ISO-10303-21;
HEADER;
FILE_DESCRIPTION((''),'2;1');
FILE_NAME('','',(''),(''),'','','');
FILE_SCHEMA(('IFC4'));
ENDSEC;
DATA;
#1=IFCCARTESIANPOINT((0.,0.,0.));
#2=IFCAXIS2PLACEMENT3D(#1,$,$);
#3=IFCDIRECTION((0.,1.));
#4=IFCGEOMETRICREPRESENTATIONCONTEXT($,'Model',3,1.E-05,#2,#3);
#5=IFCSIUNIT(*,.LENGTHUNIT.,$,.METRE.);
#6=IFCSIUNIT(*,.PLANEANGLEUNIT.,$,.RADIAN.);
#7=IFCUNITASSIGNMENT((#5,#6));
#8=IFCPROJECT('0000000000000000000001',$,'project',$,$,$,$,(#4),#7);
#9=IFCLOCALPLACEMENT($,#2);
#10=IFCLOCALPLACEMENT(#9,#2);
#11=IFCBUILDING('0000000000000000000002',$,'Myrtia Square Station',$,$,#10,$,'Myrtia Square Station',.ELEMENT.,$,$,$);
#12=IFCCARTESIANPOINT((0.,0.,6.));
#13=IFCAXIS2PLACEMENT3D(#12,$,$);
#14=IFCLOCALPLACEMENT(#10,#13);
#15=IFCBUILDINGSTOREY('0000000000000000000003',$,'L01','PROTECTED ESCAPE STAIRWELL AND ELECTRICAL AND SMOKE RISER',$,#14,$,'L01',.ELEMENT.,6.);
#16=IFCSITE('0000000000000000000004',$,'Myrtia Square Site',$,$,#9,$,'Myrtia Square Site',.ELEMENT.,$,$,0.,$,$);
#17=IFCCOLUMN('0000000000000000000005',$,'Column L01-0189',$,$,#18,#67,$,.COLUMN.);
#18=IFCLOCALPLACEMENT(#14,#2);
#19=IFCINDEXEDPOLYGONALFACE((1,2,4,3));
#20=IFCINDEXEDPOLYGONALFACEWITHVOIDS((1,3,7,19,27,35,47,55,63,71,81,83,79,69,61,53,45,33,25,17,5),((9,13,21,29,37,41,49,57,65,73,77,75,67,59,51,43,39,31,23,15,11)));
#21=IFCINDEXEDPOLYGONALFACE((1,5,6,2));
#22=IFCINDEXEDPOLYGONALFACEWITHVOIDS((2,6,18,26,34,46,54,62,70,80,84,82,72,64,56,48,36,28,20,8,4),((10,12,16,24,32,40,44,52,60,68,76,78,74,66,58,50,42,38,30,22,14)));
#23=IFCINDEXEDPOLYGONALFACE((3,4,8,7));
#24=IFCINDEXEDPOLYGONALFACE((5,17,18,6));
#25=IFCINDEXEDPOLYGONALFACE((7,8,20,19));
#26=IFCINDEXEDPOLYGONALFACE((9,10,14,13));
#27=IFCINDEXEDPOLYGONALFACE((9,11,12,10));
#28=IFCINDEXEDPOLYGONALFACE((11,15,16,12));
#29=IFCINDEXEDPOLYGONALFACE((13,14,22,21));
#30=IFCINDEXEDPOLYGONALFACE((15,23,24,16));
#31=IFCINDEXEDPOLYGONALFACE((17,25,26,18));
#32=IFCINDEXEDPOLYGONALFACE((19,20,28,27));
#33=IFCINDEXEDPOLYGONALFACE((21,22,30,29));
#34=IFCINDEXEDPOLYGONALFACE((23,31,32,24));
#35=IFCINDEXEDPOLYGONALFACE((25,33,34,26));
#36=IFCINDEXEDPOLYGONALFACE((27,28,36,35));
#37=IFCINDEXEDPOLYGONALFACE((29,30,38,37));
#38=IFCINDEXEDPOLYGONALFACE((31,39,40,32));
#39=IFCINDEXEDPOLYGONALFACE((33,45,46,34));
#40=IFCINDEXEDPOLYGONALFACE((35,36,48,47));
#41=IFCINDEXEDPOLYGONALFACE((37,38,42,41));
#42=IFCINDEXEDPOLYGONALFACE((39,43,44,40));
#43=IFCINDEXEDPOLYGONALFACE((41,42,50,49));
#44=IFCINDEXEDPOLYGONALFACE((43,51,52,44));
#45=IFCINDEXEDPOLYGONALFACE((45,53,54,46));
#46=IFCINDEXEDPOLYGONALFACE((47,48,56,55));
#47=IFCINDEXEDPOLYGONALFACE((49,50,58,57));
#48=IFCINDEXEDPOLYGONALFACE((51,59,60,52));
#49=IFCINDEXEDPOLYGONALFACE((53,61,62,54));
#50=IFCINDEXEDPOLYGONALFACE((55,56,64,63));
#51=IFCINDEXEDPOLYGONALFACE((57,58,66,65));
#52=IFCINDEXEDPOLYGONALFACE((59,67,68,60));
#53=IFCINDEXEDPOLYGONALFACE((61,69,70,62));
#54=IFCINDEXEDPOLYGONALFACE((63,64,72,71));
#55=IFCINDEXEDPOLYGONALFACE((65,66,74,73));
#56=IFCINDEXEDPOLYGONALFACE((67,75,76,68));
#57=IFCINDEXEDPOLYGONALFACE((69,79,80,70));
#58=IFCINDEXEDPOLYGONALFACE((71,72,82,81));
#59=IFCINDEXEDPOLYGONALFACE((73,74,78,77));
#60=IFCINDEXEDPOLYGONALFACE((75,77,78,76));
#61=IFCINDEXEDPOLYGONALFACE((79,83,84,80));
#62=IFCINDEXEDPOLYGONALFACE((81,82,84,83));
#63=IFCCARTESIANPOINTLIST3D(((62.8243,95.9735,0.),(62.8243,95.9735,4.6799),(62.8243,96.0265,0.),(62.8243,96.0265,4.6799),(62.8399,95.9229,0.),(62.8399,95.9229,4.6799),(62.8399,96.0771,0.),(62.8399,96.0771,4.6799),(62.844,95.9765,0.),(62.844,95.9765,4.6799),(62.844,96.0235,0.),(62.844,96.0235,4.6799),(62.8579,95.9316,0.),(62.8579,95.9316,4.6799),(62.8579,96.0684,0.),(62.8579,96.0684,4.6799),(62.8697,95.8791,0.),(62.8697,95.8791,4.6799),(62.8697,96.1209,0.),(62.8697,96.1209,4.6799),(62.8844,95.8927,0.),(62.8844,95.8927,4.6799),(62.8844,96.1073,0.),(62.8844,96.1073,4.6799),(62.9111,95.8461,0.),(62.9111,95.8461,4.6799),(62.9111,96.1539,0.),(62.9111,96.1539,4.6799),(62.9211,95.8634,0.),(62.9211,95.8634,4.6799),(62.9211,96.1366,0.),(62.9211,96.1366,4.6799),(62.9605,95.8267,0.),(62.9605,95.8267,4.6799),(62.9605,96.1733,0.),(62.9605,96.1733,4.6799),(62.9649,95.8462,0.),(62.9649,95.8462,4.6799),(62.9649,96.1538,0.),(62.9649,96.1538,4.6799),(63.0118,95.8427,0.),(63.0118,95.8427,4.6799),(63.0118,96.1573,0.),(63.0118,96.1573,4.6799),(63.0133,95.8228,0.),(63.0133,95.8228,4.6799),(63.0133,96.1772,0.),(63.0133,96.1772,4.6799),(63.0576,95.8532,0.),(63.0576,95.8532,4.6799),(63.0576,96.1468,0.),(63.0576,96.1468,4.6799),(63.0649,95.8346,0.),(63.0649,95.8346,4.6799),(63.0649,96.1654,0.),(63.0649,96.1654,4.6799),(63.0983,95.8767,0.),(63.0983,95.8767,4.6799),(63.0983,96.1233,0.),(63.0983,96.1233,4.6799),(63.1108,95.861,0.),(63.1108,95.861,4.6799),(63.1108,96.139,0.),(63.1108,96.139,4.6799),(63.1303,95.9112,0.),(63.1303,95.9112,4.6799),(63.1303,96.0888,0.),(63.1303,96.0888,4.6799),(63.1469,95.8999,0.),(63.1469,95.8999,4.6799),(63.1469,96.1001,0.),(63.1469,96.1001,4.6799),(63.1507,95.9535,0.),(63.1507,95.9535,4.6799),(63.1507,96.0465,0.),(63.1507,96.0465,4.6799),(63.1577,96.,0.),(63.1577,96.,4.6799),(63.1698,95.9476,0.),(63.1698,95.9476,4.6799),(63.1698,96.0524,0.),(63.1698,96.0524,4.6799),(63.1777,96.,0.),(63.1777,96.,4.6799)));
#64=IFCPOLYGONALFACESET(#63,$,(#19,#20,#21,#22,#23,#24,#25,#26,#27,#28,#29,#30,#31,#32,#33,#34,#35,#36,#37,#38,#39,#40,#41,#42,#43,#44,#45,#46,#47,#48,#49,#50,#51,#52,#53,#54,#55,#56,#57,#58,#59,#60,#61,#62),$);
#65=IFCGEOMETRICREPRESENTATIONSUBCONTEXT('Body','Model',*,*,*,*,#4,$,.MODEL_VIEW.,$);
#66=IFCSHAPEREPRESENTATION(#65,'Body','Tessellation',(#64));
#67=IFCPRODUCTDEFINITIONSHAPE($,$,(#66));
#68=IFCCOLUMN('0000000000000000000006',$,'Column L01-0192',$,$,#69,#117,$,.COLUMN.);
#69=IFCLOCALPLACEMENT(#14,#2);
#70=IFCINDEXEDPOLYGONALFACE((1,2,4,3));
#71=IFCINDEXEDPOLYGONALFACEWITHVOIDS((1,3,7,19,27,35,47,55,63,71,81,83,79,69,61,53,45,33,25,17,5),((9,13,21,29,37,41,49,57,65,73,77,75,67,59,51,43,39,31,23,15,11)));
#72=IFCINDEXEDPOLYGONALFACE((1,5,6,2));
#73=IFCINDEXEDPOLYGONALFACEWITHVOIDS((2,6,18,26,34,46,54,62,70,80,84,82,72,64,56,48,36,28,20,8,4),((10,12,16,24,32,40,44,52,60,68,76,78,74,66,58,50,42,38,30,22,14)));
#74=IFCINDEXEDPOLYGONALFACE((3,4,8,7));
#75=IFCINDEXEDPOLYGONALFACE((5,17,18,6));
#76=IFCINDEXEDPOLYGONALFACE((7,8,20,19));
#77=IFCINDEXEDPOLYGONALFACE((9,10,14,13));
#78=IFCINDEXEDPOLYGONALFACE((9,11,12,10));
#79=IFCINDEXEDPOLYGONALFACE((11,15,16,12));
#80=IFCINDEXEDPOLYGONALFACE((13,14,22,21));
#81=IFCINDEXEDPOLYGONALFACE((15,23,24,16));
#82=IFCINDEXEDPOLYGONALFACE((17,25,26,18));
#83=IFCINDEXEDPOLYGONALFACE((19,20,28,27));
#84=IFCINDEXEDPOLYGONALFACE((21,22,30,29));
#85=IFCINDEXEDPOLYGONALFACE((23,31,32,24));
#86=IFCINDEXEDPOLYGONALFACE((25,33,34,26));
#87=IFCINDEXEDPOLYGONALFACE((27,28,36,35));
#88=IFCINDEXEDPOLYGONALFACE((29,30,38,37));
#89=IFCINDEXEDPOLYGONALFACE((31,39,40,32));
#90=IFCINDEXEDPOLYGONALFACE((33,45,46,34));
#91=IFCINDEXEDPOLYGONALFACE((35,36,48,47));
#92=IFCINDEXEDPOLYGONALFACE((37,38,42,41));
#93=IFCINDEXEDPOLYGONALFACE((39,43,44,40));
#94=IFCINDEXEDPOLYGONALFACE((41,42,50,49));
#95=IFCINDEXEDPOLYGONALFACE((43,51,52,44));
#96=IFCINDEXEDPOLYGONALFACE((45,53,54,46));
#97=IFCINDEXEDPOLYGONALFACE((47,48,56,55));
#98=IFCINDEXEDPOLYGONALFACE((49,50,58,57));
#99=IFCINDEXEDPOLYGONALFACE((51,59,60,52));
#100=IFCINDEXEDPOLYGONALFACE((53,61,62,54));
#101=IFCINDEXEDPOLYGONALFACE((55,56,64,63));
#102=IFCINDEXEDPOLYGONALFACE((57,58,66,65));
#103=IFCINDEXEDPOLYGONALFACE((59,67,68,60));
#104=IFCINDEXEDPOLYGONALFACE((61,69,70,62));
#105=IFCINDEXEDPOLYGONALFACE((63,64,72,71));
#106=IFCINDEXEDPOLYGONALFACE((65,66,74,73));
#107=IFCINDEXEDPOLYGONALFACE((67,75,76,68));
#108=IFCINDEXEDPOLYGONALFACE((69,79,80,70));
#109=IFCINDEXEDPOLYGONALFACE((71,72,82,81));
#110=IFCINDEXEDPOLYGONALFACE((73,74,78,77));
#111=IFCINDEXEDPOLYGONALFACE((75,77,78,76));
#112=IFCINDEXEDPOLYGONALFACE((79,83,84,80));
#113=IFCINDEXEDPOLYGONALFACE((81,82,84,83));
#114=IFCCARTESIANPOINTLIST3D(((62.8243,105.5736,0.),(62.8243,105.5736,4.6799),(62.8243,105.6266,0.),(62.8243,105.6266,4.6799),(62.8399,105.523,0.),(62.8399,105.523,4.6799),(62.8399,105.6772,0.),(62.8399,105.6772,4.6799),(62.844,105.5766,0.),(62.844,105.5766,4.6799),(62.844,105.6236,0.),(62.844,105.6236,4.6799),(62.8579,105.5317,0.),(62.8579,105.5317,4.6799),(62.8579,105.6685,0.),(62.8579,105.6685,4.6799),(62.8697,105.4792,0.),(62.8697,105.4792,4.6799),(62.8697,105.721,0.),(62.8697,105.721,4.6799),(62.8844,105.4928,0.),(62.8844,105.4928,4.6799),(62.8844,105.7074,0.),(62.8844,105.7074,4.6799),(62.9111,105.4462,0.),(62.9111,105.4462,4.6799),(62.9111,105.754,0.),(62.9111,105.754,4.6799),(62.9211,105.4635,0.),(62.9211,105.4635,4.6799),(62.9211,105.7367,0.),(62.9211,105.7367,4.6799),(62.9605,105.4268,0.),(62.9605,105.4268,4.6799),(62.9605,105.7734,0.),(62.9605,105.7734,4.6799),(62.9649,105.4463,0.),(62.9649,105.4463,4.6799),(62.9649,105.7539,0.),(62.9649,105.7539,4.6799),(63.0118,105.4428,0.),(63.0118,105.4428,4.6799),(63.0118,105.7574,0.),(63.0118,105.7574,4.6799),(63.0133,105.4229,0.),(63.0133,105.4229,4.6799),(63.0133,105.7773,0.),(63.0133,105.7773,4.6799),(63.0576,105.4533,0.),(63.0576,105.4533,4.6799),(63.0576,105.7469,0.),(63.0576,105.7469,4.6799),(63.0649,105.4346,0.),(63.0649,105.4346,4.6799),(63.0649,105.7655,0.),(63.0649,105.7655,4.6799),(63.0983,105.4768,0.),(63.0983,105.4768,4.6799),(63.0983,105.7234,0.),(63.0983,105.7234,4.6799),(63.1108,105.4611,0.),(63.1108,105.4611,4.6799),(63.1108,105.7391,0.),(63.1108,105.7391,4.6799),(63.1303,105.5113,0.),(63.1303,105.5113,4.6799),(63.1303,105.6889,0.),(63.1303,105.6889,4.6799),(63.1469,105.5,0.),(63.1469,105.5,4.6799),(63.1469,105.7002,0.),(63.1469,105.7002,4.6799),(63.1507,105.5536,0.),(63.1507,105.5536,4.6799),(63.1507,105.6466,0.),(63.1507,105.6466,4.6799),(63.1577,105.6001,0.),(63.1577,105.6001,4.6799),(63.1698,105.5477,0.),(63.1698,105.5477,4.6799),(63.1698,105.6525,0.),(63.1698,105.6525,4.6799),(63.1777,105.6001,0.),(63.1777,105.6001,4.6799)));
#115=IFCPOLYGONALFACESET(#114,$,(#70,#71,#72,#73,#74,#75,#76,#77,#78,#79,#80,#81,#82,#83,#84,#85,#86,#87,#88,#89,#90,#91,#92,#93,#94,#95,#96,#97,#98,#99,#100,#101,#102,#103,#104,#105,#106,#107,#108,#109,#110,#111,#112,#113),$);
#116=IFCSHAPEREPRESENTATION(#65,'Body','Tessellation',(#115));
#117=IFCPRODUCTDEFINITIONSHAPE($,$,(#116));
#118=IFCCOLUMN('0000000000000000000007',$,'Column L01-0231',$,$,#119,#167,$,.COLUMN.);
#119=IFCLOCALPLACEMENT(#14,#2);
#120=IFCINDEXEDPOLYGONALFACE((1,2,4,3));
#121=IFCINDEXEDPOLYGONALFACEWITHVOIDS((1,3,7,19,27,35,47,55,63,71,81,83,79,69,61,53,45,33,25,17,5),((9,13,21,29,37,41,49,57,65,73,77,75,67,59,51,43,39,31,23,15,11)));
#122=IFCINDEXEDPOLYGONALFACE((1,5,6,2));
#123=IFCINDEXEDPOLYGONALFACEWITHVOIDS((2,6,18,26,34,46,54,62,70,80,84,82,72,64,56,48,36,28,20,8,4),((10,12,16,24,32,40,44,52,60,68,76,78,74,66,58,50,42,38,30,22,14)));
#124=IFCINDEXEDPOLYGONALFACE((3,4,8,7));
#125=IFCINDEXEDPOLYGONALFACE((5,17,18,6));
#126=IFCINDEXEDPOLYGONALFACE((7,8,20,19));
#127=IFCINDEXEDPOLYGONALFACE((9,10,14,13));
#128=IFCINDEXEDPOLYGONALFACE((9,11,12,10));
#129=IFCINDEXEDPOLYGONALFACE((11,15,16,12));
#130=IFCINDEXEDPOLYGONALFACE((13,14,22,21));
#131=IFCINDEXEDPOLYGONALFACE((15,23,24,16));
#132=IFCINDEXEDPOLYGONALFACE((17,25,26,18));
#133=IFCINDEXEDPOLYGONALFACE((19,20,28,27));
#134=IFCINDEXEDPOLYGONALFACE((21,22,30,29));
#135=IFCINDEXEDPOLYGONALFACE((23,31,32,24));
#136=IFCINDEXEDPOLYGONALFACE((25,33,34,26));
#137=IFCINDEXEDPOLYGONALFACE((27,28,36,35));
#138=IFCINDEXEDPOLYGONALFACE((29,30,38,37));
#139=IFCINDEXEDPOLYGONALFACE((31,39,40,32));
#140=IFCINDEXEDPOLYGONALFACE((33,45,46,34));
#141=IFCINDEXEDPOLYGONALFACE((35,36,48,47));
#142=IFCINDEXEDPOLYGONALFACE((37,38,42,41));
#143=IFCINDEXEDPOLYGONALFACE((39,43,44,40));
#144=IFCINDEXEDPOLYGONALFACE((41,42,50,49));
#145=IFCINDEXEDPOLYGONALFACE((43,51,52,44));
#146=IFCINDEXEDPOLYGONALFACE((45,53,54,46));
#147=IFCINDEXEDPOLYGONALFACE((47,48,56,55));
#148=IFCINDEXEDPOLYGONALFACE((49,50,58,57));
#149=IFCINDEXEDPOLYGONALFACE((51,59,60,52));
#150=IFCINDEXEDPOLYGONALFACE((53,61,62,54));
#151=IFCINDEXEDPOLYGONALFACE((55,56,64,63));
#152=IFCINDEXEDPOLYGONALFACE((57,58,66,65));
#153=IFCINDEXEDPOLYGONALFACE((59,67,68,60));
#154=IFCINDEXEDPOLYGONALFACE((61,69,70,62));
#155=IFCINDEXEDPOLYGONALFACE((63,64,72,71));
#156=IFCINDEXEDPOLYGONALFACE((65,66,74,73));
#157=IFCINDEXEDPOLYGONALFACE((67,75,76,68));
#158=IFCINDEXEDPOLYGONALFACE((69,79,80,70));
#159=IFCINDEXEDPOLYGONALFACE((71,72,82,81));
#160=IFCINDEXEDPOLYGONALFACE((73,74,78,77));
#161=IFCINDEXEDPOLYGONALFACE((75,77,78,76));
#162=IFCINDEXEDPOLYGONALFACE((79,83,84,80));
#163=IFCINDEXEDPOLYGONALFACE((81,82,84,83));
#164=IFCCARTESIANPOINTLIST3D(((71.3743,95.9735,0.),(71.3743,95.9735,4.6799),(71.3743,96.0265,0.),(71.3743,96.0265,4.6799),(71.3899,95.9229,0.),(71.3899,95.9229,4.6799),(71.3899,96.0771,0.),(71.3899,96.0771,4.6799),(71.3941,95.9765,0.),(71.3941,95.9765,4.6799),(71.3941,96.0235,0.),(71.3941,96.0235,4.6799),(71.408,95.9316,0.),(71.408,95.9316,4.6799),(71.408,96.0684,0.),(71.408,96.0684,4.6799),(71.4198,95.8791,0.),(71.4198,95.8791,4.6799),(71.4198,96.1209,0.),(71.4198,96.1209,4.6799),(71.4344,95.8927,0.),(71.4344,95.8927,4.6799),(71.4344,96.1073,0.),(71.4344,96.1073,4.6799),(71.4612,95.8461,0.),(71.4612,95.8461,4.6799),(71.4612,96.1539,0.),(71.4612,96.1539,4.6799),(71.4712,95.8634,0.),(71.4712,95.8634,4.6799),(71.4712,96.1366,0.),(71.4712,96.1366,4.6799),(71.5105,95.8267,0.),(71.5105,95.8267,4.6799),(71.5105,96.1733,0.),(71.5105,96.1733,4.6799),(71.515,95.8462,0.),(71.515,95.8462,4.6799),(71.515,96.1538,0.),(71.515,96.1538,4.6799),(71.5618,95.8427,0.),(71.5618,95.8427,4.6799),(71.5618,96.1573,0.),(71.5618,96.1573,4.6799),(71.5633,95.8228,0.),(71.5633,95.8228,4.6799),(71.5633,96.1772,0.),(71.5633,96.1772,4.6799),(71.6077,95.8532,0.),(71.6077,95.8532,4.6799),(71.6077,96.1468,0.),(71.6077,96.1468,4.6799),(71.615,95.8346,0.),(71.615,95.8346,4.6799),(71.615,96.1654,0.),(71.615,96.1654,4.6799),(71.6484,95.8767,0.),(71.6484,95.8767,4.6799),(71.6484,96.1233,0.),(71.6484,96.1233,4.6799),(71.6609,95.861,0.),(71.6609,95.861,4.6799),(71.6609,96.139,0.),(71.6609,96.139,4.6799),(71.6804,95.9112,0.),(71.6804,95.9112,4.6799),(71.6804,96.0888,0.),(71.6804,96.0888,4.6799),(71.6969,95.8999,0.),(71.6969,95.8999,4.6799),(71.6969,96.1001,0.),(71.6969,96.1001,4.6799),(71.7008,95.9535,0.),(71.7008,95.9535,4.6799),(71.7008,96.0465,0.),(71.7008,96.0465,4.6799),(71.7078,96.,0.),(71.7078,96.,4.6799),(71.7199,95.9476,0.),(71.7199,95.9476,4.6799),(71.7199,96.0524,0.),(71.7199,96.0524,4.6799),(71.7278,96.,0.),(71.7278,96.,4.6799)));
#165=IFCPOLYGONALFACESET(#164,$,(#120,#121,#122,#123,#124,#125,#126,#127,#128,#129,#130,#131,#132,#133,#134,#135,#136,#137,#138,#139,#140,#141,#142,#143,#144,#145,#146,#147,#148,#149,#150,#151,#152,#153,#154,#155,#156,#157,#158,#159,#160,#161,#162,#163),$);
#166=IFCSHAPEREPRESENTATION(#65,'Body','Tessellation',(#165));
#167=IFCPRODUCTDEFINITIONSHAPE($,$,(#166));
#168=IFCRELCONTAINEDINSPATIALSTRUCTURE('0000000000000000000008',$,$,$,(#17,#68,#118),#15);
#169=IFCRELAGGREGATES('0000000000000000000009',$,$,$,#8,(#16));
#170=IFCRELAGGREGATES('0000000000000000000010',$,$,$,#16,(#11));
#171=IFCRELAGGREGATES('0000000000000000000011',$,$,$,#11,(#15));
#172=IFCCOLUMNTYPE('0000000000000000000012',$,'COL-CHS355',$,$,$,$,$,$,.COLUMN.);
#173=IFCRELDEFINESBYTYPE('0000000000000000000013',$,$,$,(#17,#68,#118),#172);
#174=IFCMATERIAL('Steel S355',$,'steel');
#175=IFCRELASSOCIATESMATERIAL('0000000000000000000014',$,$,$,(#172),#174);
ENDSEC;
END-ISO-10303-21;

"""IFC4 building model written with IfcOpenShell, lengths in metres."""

from ifc_helpers import new_model, si_unit, direction, frame, origin, origin_2d, place, context, subcontext, project, spatial, hollow_circle, extrude, material, material_profile, profile_set, type_object, element, save


model = new_model("IFC4")

# Units and contexts
model_context = context("Model", 3, precision=1e-05, world=origin(), true_north=direction((0.0, 1.0)))
body_context = subcontext(model_context, "Body", "Model", "MODEL_VIEW")
ifc_project = project(units=[si_unit("LENGTHUNIT", "METRE"), si_unit("PLANEANGLEUNIT", "RADIAN")], contexts=[model_context])

# Site, building, storey
site_placement = place(None, origin())
site = spatial("IfcSite", under=ifc_project, at=site_placement, Name="Myrtia Square Site", LongName="Myrtia Square Site", CompositionType="ELEMENT", RefElevation=0.0)
building_placement = place(site_placement, origin())
building = spatial("IfcBuilding", under=site, at=building_placement, Name="Myrtia Square Station", LongName="Myrtia Square Station", CompositionType="ELEMENT")
storey_placement = place(building_placement, frame((0.0, 0.0, 6.0)))
storey = spatial("IfcBuildingStorey", under=building, at=storey_placement, Name="L01", Description="PROTECTED ESCAPE STAIRWELL AND ELECTRICAL AND SMOKE RISER", LongName="L01", CompositionType="ELEMENT", Elevation=6.0)

# Columns
ifc_material = material(Name="Steel S355", Category="steel")
ifc_material_profile_1 = material_profile(ifc_material, hollow_circle(Radius=0.1777, WallThickness=0.02, at=origin_2d()), Name="CHS 355.6x20")
ifc_profile_set_1 = profile_set([ifc_material_profile_1], Name="Steel S355")
column_type_1 = type_object("IfcColumnType", Name="COL-CHS355", PredefinedType="COLUMN", material=ifc_profile_set_1)
for number, where, z_axis, x_axis, name in (
    (1, (63.0, 96.0, 0.0), (0.0, 0.0, 1.0), (1.0, 0.0, 0.0), "Column L01-0189"),
    (2, (63.0, 105.6001, 0.0), (0.0, 0.0, 1.0), (1.0, 0.0, 0.0), "Column L01-0192"),
    (3, (71.55, 96.0, 0.0), (0.0, 0.0, 1.0), (1.0, 0.0, 0.0), "Column L01-0231"),
):
    element("IfcColumn", number, at=place(storey_placement, frame(where, z_axis=z_axis, x_axis=x_axis)), inside=storey, type_object=column_type_1, Name=name, PredefinedType="COLUMN", context=body_context, shape_type="SweptSolid", body=[
        extrude(hollow_circle(Radius=0.1777, WallThickness=0.02, at=origin_2d()), origin(), (0.0, 0.0, 1.0), 4.6799),
    ])

save(model, "model.ifc")
